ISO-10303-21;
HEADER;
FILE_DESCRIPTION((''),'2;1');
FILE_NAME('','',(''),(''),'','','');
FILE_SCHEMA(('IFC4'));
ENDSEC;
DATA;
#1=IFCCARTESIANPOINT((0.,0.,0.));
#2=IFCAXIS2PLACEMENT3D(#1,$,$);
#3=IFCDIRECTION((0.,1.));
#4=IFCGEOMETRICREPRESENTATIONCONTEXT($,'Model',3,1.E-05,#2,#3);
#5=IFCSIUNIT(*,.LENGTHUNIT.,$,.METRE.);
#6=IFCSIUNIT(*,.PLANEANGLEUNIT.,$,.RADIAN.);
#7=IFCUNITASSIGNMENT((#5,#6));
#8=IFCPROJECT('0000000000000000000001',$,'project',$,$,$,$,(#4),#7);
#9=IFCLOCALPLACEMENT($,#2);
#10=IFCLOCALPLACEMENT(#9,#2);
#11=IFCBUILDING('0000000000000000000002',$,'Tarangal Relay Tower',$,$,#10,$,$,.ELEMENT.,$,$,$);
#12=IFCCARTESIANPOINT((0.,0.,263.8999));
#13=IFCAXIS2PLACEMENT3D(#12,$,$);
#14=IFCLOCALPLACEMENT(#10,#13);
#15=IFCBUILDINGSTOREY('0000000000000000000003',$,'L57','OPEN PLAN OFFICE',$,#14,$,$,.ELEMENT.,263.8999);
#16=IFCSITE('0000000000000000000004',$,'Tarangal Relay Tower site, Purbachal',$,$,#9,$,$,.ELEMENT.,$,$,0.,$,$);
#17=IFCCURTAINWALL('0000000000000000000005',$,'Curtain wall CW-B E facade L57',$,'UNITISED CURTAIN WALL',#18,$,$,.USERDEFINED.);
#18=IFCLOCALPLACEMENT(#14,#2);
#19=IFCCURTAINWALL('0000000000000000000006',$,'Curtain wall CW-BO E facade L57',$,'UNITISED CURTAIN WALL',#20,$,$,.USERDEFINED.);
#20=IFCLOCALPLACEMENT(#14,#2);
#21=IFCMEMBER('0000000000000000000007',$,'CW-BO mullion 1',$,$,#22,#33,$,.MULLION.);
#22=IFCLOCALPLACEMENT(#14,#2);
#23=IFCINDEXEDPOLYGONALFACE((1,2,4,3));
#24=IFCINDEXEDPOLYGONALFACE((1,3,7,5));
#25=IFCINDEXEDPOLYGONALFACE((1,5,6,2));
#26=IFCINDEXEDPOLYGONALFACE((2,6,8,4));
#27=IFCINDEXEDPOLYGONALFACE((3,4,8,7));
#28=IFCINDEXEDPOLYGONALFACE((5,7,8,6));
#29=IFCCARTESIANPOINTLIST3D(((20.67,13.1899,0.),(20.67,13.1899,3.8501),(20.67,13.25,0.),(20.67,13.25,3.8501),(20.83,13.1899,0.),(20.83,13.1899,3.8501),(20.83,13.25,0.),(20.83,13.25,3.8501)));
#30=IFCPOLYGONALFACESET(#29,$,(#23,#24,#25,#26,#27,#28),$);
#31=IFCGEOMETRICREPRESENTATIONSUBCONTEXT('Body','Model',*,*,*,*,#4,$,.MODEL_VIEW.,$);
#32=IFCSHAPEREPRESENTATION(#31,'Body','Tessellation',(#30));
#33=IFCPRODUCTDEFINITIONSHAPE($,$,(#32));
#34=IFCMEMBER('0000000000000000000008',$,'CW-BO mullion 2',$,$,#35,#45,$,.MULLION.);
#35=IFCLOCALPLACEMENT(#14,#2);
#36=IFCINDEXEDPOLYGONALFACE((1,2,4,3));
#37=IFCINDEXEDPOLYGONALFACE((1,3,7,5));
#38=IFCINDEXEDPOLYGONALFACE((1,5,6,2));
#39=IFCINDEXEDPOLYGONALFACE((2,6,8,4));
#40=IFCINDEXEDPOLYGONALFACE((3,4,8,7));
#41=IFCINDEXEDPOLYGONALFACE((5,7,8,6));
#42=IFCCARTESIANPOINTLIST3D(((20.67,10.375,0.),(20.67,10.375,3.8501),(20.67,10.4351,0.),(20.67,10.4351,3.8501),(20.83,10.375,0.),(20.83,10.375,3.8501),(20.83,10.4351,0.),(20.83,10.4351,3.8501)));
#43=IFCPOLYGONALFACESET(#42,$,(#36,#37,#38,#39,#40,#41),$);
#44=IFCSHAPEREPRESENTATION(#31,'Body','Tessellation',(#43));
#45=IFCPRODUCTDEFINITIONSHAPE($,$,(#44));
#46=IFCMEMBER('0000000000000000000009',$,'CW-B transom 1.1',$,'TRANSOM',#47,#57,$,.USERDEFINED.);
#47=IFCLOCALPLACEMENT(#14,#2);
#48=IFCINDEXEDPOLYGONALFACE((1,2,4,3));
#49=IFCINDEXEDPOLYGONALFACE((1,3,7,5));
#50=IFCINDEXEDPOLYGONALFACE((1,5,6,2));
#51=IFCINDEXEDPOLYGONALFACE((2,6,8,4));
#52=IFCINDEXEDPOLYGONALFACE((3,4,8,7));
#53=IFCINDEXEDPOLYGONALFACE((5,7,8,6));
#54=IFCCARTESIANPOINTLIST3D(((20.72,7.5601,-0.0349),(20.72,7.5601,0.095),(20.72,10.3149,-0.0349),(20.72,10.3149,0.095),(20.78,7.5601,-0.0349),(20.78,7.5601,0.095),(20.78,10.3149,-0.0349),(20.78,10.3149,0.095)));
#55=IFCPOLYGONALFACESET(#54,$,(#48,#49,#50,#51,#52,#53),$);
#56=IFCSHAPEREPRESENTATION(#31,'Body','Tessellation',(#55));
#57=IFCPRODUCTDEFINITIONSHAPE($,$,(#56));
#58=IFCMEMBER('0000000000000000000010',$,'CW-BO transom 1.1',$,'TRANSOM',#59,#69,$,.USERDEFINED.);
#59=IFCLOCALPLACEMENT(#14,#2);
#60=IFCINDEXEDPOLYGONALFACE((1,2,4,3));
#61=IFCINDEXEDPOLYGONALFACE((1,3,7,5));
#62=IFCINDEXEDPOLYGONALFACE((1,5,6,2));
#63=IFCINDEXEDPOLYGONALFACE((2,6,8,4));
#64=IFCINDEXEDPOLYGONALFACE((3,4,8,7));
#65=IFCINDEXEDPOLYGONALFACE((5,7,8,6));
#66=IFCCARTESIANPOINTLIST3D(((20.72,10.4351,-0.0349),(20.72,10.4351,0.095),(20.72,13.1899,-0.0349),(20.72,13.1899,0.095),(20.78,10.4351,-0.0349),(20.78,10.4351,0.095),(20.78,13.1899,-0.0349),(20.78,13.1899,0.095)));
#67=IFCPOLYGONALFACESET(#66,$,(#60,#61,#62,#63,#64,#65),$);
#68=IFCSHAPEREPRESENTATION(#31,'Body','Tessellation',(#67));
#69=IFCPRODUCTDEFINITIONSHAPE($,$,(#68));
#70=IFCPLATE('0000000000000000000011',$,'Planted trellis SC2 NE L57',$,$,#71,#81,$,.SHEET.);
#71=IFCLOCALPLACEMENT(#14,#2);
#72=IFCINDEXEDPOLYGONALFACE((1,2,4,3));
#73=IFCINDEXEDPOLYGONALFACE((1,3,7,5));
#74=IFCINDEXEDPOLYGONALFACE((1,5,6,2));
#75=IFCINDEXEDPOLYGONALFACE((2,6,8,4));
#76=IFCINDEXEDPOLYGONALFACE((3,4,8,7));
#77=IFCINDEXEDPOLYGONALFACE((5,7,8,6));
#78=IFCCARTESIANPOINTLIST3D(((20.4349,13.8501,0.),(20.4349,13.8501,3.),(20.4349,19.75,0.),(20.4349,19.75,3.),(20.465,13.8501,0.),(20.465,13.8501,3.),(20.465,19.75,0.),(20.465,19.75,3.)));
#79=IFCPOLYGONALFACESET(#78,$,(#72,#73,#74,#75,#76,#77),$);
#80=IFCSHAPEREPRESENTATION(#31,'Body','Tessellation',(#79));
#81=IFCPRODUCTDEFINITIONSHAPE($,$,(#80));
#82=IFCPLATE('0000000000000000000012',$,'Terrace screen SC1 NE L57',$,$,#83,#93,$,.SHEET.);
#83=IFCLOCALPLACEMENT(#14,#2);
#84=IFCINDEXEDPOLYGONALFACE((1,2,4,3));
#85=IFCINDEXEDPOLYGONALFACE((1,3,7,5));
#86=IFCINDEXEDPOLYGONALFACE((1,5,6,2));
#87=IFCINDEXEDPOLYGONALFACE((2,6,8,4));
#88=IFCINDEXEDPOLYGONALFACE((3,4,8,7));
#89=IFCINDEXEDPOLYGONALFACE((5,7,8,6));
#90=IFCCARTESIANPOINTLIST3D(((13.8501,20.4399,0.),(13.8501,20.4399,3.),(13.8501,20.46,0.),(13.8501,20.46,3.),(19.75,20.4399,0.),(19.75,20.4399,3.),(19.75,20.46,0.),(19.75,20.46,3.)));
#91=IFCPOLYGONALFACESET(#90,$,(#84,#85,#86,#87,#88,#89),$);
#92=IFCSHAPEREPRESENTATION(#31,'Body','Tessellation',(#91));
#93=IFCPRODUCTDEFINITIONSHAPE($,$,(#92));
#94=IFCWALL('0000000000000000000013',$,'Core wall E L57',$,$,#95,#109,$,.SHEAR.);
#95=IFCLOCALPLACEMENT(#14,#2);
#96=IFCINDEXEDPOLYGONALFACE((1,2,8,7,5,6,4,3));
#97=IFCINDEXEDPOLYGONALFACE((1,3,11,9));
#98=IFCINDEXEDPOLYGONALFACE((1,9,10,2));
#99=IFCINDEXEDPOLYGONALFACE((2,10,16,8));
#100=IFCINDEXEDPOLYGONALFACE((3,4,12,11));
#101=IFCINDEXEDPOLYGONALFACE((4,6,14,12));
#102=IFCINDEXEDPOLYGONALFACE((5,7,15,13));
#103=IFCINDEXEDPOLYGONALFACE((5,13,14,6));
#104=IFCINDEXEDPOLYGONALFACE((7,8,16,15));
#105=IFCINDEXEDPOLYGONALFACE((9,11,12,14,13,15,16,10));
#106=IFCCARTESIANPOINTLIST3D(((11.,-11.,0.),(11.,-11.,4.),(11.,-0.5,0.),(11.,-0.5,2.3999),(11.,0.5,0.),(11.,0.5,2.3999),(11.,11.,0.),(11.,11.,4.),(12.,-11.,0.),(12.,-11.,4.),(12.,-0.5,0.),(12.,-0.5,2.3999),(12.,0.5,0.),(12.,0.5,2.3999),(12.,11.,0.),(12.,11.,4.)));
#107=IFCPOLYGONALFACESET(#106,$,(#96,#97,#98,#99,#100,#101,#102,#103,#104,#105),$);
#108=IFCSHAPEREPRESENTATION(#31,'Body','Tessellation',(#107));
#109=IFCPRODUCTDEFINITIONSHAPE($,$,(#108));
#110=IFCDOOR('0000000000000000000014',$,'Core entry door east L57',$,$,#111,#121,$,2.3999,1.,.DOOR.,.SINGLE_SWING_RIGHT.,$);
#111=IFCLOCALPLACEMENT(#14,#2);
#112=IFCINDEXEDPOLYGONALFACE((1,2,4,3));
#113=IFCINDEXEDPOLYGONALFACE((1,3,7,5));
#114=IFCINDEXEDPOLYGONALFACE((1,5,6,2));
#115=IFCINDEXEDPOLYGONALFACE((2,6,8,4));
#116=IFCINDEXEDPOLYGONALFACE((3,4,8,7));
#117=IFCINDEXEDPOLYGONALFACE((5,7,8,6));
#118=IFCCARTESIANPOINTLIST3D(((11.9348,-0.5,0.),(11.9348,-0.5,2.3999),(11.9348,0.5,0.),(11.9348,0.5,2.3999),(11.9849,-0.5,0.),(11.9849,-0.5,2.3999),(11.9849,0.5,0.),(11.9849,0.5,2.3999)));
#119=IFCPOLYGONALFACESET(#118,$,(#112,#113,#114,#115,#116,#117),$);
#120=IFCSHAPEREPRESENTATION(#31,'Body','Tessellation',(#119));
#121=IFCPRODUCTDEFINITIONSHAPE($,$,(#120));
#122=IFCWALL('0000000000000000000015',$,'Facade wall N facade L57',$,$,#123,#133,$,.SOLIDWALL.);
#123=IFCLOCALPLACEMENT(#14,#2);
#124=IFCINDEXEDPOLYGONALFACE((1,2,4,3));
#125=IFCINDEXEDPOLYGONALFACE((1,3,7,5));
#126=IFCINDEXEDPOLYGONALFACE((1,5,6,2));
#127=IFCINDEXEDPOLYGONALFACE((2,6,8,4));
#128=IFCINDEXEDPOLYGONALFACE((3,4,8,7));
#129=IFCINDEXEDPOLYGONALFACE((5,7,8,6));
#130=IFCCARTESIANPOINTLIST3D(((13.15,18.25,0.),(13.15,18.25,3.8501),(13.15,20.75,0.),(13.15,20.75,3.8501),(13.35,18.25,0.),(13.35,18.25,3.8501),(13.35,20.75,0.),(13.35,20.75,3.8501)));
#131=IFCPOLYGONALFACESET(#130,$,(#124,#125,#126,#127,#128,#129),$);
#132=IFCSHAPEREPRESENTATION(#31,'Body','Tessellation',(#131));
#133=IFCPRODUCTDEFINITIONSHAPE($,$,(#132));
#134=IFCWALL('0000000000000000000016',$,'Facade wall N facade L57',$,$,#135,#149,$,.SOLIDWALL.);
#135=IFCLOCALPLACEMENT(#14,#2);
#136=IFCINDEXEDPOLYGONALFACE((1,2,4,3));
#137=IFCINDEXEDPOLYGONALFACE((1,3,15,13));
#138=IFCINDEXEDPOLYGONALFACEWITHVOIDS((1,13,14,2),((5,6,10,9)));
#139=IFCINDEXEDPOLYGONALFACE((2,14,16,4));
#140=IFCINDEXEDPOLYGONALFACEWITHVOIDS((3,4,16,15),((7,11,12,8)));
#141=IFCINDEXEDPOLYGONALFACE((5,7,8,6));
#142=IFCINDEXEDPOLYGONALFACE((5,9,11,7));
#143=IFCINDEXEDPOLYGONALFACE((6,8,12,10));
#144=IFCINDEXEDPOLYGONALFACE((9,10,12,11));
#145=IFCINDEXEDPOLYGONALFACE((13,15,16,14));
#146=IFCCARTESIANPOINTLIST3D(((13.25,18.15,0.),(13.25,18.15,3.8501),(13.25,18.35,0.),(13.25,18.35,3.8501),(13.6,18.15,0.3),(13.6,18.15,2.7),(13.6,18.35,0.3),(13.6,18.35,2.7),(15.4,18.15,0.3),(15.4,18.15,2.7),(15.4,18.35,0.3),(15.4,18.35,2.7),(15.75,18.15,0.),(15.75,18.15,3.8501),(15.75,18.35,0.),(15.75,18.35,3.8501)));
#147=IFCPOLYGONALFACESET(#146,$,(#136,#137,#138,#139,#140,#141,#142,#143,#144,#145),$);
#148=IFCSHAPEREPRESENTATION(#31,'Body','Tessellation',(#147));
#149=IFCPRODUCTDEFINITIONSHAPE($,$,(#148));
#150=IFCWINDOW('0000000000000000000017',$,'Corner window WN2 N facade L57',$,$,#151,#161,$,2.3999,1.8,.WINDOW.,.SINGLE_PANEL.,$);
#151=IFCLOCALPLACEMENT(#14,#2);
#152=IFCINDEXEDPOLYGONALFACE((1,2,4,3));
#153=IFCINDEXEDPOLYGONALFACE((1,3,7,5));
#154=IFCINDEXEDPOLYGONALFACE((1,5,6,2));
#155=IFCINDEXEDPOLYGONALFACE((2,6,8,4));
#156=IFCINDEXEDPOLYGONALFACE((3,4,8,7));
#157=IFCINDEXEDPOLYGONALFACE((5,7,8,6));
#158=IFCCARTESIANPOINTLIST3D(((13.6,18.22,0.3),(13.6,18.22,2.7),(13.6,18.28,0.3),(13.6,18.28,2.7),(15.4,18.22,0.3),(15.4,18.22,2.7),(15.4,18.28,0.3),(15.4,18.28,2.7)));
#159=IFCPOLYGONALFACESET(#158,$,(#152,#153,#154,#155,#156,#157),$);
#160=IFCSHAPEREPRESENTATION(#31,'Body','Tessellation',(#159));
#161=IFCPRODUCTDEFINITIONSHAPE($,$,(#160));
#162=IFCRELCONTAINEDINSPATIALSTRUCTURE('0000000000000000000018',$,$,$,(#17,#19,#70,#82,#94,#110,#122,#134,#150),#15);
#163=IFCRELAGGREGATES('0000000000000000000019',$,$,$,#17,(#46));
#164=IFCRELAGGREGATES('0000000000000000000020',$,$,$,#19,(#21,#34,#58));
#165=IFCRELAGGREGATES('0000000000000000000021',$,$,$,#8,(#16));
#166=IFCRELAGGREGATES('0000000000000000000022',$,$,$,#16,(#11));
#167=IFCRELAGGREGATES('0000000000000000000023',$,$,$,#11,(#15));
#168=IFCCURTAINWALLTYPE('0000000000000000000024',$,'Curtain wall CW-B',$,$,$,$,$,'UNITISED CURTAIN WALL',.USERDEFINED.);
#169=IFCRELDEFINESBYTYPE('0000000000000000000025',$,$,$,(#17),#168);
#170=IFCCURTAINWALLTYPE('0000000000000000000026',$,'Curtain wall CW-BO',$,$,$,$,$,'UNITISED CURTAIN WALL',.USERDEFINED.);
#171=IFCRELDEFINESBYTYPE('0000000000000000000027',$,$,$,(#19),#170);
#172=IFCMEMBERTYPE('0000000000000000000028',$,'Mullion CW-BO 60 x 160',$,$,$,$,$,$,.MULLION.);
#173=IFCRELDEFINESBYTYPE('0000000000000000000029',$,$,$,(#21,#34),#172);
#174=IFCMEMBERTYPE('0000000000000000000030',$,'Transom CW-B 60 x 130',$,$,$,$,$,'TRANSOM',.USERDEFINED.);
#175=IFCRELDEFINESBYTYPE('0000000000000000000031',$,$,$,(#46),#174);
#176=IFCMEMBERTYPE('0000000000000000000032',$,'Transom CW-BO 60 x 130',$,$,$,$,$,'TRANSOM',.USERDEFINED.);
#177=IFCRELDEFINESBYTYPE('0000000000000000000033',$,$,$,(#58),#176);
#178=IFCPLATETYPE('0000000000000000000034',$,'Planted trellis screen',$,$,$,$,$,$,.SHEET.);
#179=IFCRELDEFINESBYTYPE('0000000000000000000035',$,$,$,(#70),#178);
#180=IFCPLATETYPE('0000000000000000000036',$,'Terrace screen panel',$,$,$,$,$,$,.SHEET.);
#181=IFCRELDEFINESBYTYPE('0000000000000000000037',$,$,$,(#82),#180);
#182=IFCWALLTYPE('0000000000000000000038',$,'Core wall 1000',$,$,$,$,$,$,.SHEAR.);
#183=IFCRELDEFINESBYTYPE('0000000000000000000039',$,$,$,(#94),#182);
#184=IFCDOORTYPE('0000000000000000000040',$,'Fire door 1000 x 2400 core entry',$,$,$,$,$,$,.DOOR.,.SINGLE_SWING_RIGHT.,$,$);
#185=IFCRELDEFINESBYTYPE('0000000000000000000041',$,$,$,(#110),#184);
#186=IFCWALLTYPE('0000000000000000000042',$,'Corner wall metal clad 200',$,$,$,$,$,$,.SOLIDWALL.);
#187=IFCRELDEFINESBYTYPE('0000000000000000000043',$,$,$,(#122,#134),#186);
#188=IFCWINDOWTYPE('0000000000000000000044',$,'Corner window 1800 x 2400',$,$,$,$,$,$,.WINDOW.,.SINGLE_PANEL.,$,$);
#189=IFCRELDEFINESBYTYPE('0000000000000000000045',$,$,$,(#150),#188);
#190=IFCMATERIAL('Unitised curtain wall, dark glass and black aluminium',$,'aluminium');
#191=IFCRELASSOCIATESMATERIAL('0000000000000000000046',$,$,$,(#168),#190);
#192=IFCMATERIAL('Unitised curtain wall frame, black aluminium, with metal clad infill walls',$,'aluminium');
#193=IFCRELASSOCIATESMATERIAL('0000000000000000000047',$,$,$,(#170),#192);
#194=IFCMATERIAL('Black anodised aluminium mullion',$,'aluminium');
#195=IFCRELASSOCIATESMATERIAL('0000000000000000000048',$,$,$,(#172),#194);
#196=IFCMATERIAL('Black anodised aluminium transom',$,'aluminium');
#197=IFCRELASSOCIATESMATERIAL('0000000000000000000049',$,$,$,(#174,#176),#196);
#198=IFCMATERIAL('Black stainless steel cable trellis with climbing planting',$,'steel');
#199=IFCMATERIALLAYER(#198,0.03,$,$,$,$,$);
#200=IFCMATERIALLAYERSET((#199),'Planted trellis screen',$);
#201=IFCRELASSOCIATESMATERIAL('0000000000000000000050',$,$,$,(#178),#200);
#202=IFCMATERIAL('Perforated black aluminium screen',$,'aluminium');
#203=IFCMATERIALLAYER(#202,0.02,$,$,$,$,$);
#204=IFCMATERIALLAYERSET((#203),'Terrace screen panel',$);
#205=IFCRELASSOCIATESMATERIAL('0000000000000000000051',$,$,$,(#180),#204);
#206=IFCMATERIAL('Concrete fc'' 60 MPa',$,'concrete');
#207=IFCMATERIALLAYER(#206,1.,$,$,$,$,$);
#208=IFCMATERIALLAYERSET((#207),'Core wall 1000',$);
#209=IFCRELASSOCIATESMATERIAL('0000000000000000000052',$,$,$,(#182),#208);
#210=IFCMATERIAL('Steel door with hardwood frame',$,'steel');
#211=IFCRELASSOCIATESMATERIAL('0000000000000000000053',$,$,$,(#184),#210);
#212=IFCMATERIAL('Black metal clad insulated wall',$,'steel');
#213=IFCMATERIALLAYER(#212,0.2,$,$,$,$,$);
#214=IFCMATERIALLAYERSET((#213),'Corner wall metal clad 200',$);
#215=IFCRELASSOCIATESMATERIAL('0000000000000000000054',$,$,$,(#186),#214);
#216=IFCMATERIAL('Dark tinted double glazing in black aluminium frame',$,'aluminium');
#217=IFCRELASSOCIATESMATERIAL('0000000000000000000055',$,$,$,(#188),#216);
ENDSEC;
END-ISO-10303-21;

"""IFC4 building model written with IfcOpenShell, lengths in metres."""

from ifc_helpers import new_model, si_unit, direction, frame, frame_2d, origin, origin_2d, place, context, subcontext, project, spatial, rectangle, extrude, material, layer, layer_set, material_profile, profile_set, type_object, element, fill, aggregate, save


model = new_model("IFC4")

# Units and contexts
model_context = context("Model", 3, precision=1e-05, world=origin(), true_north=direction((0.0, 1.0)))
body_context = subcontext(model_context, "Body", "Model", "MODEL_VIEW")
ifc_project = project(units=[si_unit("LENGTHUNIT", "METRE"), si_unit("PLANEANGLEUNIT", "RADIAN")], contexts=[model_context])

# Site, building, storey
site_placement = place(None, origin())
site = spatial("IfcSite", under=ifc_project, at=site_placement, Name="Tarangal Relay Tower site, Purbachal", CompositionType="ELEMENT", RefElevation=0.0)
building_placement = place(site_placement, origin())
building = spatial("IfcBuilding", under=site, at=building_placement, Name="Tarangal Relay Tower", CompositionType="ELEMENT")
storey_placement = place(building_placement, frame((0.0, 0.0, 263.8999)))
storey = spatial("IfcBuildingStorey", under=building, at=storey_placement, Name="L57", Description="OPEN PLAN OFFICE", CompositionType="ELEMENT", Elevation=263.8999)

# Curtain wall
ifc_material_1 = material(Name="Unitised curtain wall, dark glass and black aluminium", Category="aluminium")
curtain_wall_type_1 = type_object("IfcCurtainWallType", Name="Curtain wall CW-B", ElementType="UNITISED CURTAIN WALL", PredefinedType="USERDEFINED", material=ifc_material_1)
curtain_wall_1_placement = place(storey_placement, origin())
curtain_wall_1 = element("IfcCurtainWall", 1, at=curtain_wall_1_placement, inside=storey, type_object=curtain_wall_type_1, Name="Curtain wall CW-B E facade L57", ObjectType="UNITISED CURTAIN WALL", PredefinedType="USERDEFINED")
ifc_material_2 = material(Name="Black anodised aluminium mullion", Category="aluminium")
ifc_material_3 = material(Name="Unitised curtain wall frame, black aluminium, with metal clad infill walls", Category="aluminium")
curtain_wall_type_2 = type_object("IfcCurtainWallType", Name="Curtain wall CW-BO", ElementType="UNITISED CURTAIN WALL", PredefinedType="USERDEFINED", material=ifc_material_3)
ifc_material_profile_1 = material_profile(ifc_material_2, rectangle(XDim=0.1599, YDim=0.0601, at=origin_2d()), Name="CW-BOM 60X160")
ifc_profile_set_1 = profile_set([ifc_material_profile_1], Name="Black anodised aluminium mullion")
member_type_1 = type_object("IfcMemberType", Name="Mullion CW-BO 60 x 160", PredefinedType="MULLION", material=ifc_profile_set_1)

# Curtain wall, members
curtain_wall_2_placement = place(storey_placement, origin())
curtain_wall_2 = element("IfcCurtainWall", 2, at=curtain_wall_2_placement, inside=storey, type_object=curtain_wall_type_2, Name="Curtain wall CW-BO E facade L57", ObjectType="UNITISED CURTAIN WALL", PredefinedType="USERDEFINED")
member_1_placement = place(storey_placement, frame((20.75, 13.22, 0.0), z_axis=(0.0, 0.0, 1.0), x_axis=(1.0, 0.0, 0.0)))
member_1 = element("IfcMember", 3, at=member_1_placement, type_object=member_type_1, Name="CW-BO mullion 1", PredefinedType="MULLION", context=body_context, shape_type="SweptSolid", body=[
    extrude(rectangle(XDim=0.1599, YDim=0.0601, at=origin_2d()), origin(), (0.0, 0.0, 1.0), 3.8501),
])
member_2_placement = place(storey_placement, frame((20.75, 10.405, 0.0), z_axis=(0.0, 0.0, 1.0), x_axis=(1.0, 0.0, 0.0)))
member_2 = element("IfcMember", 4, at=member_2_placement, type_object=member_type_1, Name="CW-BO mullion 2", PredefinedType="MULLION", context=body_context, shape_type="SweptSolid", body=[
    extrude(rectangle(XDim=0.1599, YDim=0.0601, at=origin_2d()), origin(), (0.0, 0.0, 1.0), 3.8501),
])

# Members
ifc_material_4 = material(Name="Black anodised aluminium transom", Category="aluminium")
ifc_material_profile_2 = material_profile(ifc_material_4, rectangle(XDim=0.0601, YDim=0.1299, at=origin_2d()), Name="CW-BT 60X130")
ifc_profile_set_2 = profile_set([ifc_material_profile_2], Name="Black anodised aluminium transom")
member_type_2 = type_object("IfcMemberType", Name="Transom CW-B 60 x 130", ElementType="TRANSOM", PredefinedType="USERDEFINED", material=ifc_profile_set_2)
member_3_placement = place(storey_placement, frame((20.75, 10.3149, 0.03), z_axis=(0.0, -1.0, 0.0), x_axis=(1.0, 0.0, 0.0)))
member_3 = element("IfcMember", 5, at=member_3_placement, type_object=member_type_2, Name="CW-B transom 1.1", ObjectType="TRANSOM", PredefinedType="USERDEFINED", context=body_context, shape_type="SweptSolid", body=[
    extrude(rectangle(XDim=0.0601, YDim=0.1299, at=origin_2d()), origin(), (0.0, 0.0, 1.0), 2.7549),
])
aggregate(curtain_wall_1, [member_3])
ifc_material_profile_3 = material_profile(ifc_material_4, rectangle(XDim=0.0601, YDim=0.1299, at=origin_2d()), Name="CW-BOT 60X130")
ifc_profile_set_3 = profile_set([ifc_material_profile_3], Name="Black anodised aluminium transom")
member_type_3 = type_object("IfcMemberType", Name="Transom CW-BO 60 x 130", ElementType="TRANSOM", PredefinedType="USERDEFINED", material=ifc_profile_set_3)
member_4_placement = place(storey_placement, frame((20.75, 13.1899, 0.03), z_axis=(0.0, -1.0, 0.0), x_axis=(1.0, 0.0, 0.0)))
member_4 = element("IfcMember", 6, at=member_4_placement, type_object=member_type_3, Name="CW-BO transom 1.1", ObjectType="TRANSOM", PredefinedType="USERDEFINED", context=body_context, shape_type="SweptSolid", body=[
    extrude(rectangle(XDim=0.0601, YDim=0.1299, at=origin_2d()), origin(), (0.0, 0.0, 1.0), 2.7549),
])
aggregate(curtain_wall_2, [member_1, member_2, member_4])

# Plates
ifc_material_5 = material(Name="Black stainless steel cable trellis with climbing planting", Category="steel")
ifc_layer_1 = layer(ifc_material_5, 0.03)
ifc_layer_set_1 = layer_set([ifc_layer_1], Name="Planted trellis screen")
plate_type_1 = type_object("IfcPlateType", Name="Planted trellis screen", PredefinedType="SHEET", material=ifc_layer_set_1)
plate_1_placement = place(storey_placement, frame((20.45, 16.8, 0.0), z_axis=(0.0, 0.0, 1.0), x_axis=(0.0, -1.0, 0.0)))
element("IfcPlate", 7, at=plate_1_placement, inside=storey, type_object=plate_type_1, Name="Planted trellis SC2 NE L57", PredefinedType="SHEET", context=body_context, shape_type="SweptSolid", body=[
    extrude(rectangle(XDim=5.8999, YDim=0.03, at=origin_2d()), origin(), (0.0, 0.0, 1.0), 3.0),
])
ifc_material_6 = material(Name="Perforated black aluminium screen", Category="aluminium")
ifc_layer_2 = layer(ifc_material_6, 0.02)
ifc_layer_set_2 = layer_set([ifc_layer_2], Name="Terrace screen panel")
plate_type_2 = type_object("IfcPlateType", Name="Terrace screen panel", PredefinedType="SHEET", material=ifc_layer_set_2)
plate_2_placement = place(storey_placement, frame((16.8, 20.45, 0.0), z_axis=(0.0, 0.0, 1.0), x_axis=(1.0, 0.0, 0.0)))
element("IfcPlate", 8, at=plate_2_placement, inside=storey, type_object=plate_type_2, Name="Terrace screen SC1 NE L57", PredefinedType="SHEET", context=body_context, shape_type="SweptSolid", body=[
    extrude(rectangle(XDim=5.8999, YDim=0.02, at=origin_2d()), origin(), (0.0, 0.0, 1.0), 3.0),
])

# Wall, opening, door
ifc_material_7 = material(Name="Concrete fc' 60 MPa", Category="concrete")
ifc_layer_3 = layer(ifc_material_7, 1.0)
ifc_layer_set_3 = layer_set([ifc_layer_3], Name="Core wall 1000")
wall_type_1 = type_object("IfcWallType", Name="Core wall 1000", PredefinedType="SHEAR", material=ifc_layer_set_3)
wall_1_placement = place(storey_placement, frame((11.5, 11.0, 0.0), z_axis=(0.0, 0.0, 1.0), x_axis=(0.0, -1.0, 0.0)))
wall_1 = element("IfcWall", 9, at=wall_1_placement, inside=storey, type_object=wall_type_1, Name="Core wall E L57", PredefinedType="SHEAR", context=body_context, shape_type="SweptSolid", body=[
    extrude(rectangle(XDim=22.0, YDim=1.0, at=frame_2d((11.0, 0.0))), origin(), (0.0, 0.0, 1.0), 4.0),
])
opening_1_placement = place(wall_1_placement, frame((10.5, 0.0, 0.0)))
opening_1 = element("IfcOpeningElement", 10, at=opening_1_placement, cuts=wall_1, PredefinedType="OPENING", context=body_context, shape_type="SweptSolid", body=[
    extrude(rectangle(XDim=1.0, YDim=2.3999, at=frame_2d((0.5, 1.2))), frame((0.0, 0.51, 0.0), z_axis=(0.0, -1.0, 0.0), x_axis=(1.0, 0.0, 0.0)), (0.0, 0.0, 1.0), 1.02),
])
ifc_material_8 = material(Name="Steel door with hardwood frame", Category="steel")
door_type_1 = type_object("IfcDoorType", Name="Fire door 1000 x 2400 core entry", OperationType="SINGLE_SWING_RIGHT", PredefinedType="DOOR", material=ifc_material_8)
door_1_placement = place(opening_1_placement, origin())
door_1 = element("IfcDoor", 11, at=door_1_placement, inside=storey, type_object=door_type_1, Name="Core entry door east L57", OperationType="SINGLE_SWING_RIGHT", OverallHeight=2.3999, OverallWidth=1.0, PredefinedType="DOOR", context=body_context, shape_type="SweptSolid", body=[
    extrude(rectangle(XDim=1.0, YDim=2.3999, at=frame_2d((0.5, 1.2))), frame((0.0, 0.4849, 0.0), z_axis=(0.0, -1.0, 0.0), x_axis=(1.0, 0.0, 0.0)), (0.0, 0.0, 1.0), 0.05),
])
fill(opening_1, door_1)

# Wall
ifc_material_9 = material(Name="Black metal clad insulated wall", Category="steel")
ifc_layer_4 = layer(ifc_material_9, 0.2)
ifc_layer_set_4 = layer_set([ifc_layer_4], Name="Corner wall metal clad 200")
wall_type_2 = type_object("IfcWallType", Name="Corner wall metal clad 200", PredefinedType="SOLIDWALL", material=ifc_layer_set_4)
wall_2_placement = place(storey_placement, frame((13.25, 20.75, 0.0), z_axis=(0.0, 0.0, 1.0), x_axis=(0.0, -1.0, 0.0)))
element("IfcWall", 12, at=wall_2_placement, inside=storey, type_object=wall_type_2, Name="Facade wall N facade L57", PredefinedType="SOLIDWALL", context=body_context, shape_type="SweptSolid", body=[
    extrude(rectangle(XDim=2.5, YDim=0.2, at=frame_2d((1.25, 0.0))), origin(), (0.0, 0.0, 1.0), 3.8501),
])

# Wall, opening, window
wall_3_placement = place(storey_placement, frame((13.25, 18.25, 0.0), z_axis=(0.0, 0.0, 1.0), x_axis=(1.0, 0.0, 0.0)))
wall_3 = element("IfcWall", 13, at=wall_3_placement, inside=storey, type_object=wall_type_2, Name="Facade wall N facade L57", PredefinedType="SOLIDWALL", context=body_context, shape_type="SweptSolid", body=[
    extrude(rectangle(XDim=2.5, YDim=0.2, at=frame_2d((1.25, 0.0))), origin(), (0.0, 0.0, 1.0), 3.8501),
])
opening_2_placement = place(wall_3_placement, frame((0.3501, 0.0, 0.3)))
opening_2 = element("IfcOpeningElement", 14, at=opening_2_placement, cuts=wall_3, PredefinedType="OPENING", context=body_context, shape_type="SweptSolid", body=[
    extrude(rectangle(XDim=1.8, YDim=2.3999, at=frame_2d((0.8999, 1.2))), frame((0.0, 0.1099, 0.0), z_axis=(0.0, -1.0, 0.0), x_axis=(1.0, 0.0, 0.0)), (0.0, 0.0, 1.0), 0.22),
])
ifc_material_10 = material(Name="Dark tinted double glazing in black aluminium frame", Category="aluminium")
window_type = type_object("IfcWindowType", Name="Corner window 1800 x 2400", PartitioningType="SINGLE_PANEL", PredefinedType="WINDOW", material=ifc_material_10)
window_1_placement = place(opening_2_placement, origin())
window_1 = element("IfcWindow", 15, at=window_1_placement, inside=storey, type_object=window_type, Name="Corner window WN2 N facade L57", OverallHeight=2.3999, OverallWidth=1.8, PartitioningType="SINGLE_PANEL", PredefinedType="WINDOW", context=body_context, shape_type="SweptSolid", body=[
    extrude(rectangle(XDim=1.8, YDim=2.3999, at=frame_2d((0.8999, 1.2))), frame((0.0, 0.03, 0.0), z_axis=(0.0, -1.0, 0.0), x_axis=(1.0, 0.0, 0.0)), (0.0, 0.0, 1.0), 0.0601),
])
fill(opening_2, window_1)

save(model, "model.ifc")
